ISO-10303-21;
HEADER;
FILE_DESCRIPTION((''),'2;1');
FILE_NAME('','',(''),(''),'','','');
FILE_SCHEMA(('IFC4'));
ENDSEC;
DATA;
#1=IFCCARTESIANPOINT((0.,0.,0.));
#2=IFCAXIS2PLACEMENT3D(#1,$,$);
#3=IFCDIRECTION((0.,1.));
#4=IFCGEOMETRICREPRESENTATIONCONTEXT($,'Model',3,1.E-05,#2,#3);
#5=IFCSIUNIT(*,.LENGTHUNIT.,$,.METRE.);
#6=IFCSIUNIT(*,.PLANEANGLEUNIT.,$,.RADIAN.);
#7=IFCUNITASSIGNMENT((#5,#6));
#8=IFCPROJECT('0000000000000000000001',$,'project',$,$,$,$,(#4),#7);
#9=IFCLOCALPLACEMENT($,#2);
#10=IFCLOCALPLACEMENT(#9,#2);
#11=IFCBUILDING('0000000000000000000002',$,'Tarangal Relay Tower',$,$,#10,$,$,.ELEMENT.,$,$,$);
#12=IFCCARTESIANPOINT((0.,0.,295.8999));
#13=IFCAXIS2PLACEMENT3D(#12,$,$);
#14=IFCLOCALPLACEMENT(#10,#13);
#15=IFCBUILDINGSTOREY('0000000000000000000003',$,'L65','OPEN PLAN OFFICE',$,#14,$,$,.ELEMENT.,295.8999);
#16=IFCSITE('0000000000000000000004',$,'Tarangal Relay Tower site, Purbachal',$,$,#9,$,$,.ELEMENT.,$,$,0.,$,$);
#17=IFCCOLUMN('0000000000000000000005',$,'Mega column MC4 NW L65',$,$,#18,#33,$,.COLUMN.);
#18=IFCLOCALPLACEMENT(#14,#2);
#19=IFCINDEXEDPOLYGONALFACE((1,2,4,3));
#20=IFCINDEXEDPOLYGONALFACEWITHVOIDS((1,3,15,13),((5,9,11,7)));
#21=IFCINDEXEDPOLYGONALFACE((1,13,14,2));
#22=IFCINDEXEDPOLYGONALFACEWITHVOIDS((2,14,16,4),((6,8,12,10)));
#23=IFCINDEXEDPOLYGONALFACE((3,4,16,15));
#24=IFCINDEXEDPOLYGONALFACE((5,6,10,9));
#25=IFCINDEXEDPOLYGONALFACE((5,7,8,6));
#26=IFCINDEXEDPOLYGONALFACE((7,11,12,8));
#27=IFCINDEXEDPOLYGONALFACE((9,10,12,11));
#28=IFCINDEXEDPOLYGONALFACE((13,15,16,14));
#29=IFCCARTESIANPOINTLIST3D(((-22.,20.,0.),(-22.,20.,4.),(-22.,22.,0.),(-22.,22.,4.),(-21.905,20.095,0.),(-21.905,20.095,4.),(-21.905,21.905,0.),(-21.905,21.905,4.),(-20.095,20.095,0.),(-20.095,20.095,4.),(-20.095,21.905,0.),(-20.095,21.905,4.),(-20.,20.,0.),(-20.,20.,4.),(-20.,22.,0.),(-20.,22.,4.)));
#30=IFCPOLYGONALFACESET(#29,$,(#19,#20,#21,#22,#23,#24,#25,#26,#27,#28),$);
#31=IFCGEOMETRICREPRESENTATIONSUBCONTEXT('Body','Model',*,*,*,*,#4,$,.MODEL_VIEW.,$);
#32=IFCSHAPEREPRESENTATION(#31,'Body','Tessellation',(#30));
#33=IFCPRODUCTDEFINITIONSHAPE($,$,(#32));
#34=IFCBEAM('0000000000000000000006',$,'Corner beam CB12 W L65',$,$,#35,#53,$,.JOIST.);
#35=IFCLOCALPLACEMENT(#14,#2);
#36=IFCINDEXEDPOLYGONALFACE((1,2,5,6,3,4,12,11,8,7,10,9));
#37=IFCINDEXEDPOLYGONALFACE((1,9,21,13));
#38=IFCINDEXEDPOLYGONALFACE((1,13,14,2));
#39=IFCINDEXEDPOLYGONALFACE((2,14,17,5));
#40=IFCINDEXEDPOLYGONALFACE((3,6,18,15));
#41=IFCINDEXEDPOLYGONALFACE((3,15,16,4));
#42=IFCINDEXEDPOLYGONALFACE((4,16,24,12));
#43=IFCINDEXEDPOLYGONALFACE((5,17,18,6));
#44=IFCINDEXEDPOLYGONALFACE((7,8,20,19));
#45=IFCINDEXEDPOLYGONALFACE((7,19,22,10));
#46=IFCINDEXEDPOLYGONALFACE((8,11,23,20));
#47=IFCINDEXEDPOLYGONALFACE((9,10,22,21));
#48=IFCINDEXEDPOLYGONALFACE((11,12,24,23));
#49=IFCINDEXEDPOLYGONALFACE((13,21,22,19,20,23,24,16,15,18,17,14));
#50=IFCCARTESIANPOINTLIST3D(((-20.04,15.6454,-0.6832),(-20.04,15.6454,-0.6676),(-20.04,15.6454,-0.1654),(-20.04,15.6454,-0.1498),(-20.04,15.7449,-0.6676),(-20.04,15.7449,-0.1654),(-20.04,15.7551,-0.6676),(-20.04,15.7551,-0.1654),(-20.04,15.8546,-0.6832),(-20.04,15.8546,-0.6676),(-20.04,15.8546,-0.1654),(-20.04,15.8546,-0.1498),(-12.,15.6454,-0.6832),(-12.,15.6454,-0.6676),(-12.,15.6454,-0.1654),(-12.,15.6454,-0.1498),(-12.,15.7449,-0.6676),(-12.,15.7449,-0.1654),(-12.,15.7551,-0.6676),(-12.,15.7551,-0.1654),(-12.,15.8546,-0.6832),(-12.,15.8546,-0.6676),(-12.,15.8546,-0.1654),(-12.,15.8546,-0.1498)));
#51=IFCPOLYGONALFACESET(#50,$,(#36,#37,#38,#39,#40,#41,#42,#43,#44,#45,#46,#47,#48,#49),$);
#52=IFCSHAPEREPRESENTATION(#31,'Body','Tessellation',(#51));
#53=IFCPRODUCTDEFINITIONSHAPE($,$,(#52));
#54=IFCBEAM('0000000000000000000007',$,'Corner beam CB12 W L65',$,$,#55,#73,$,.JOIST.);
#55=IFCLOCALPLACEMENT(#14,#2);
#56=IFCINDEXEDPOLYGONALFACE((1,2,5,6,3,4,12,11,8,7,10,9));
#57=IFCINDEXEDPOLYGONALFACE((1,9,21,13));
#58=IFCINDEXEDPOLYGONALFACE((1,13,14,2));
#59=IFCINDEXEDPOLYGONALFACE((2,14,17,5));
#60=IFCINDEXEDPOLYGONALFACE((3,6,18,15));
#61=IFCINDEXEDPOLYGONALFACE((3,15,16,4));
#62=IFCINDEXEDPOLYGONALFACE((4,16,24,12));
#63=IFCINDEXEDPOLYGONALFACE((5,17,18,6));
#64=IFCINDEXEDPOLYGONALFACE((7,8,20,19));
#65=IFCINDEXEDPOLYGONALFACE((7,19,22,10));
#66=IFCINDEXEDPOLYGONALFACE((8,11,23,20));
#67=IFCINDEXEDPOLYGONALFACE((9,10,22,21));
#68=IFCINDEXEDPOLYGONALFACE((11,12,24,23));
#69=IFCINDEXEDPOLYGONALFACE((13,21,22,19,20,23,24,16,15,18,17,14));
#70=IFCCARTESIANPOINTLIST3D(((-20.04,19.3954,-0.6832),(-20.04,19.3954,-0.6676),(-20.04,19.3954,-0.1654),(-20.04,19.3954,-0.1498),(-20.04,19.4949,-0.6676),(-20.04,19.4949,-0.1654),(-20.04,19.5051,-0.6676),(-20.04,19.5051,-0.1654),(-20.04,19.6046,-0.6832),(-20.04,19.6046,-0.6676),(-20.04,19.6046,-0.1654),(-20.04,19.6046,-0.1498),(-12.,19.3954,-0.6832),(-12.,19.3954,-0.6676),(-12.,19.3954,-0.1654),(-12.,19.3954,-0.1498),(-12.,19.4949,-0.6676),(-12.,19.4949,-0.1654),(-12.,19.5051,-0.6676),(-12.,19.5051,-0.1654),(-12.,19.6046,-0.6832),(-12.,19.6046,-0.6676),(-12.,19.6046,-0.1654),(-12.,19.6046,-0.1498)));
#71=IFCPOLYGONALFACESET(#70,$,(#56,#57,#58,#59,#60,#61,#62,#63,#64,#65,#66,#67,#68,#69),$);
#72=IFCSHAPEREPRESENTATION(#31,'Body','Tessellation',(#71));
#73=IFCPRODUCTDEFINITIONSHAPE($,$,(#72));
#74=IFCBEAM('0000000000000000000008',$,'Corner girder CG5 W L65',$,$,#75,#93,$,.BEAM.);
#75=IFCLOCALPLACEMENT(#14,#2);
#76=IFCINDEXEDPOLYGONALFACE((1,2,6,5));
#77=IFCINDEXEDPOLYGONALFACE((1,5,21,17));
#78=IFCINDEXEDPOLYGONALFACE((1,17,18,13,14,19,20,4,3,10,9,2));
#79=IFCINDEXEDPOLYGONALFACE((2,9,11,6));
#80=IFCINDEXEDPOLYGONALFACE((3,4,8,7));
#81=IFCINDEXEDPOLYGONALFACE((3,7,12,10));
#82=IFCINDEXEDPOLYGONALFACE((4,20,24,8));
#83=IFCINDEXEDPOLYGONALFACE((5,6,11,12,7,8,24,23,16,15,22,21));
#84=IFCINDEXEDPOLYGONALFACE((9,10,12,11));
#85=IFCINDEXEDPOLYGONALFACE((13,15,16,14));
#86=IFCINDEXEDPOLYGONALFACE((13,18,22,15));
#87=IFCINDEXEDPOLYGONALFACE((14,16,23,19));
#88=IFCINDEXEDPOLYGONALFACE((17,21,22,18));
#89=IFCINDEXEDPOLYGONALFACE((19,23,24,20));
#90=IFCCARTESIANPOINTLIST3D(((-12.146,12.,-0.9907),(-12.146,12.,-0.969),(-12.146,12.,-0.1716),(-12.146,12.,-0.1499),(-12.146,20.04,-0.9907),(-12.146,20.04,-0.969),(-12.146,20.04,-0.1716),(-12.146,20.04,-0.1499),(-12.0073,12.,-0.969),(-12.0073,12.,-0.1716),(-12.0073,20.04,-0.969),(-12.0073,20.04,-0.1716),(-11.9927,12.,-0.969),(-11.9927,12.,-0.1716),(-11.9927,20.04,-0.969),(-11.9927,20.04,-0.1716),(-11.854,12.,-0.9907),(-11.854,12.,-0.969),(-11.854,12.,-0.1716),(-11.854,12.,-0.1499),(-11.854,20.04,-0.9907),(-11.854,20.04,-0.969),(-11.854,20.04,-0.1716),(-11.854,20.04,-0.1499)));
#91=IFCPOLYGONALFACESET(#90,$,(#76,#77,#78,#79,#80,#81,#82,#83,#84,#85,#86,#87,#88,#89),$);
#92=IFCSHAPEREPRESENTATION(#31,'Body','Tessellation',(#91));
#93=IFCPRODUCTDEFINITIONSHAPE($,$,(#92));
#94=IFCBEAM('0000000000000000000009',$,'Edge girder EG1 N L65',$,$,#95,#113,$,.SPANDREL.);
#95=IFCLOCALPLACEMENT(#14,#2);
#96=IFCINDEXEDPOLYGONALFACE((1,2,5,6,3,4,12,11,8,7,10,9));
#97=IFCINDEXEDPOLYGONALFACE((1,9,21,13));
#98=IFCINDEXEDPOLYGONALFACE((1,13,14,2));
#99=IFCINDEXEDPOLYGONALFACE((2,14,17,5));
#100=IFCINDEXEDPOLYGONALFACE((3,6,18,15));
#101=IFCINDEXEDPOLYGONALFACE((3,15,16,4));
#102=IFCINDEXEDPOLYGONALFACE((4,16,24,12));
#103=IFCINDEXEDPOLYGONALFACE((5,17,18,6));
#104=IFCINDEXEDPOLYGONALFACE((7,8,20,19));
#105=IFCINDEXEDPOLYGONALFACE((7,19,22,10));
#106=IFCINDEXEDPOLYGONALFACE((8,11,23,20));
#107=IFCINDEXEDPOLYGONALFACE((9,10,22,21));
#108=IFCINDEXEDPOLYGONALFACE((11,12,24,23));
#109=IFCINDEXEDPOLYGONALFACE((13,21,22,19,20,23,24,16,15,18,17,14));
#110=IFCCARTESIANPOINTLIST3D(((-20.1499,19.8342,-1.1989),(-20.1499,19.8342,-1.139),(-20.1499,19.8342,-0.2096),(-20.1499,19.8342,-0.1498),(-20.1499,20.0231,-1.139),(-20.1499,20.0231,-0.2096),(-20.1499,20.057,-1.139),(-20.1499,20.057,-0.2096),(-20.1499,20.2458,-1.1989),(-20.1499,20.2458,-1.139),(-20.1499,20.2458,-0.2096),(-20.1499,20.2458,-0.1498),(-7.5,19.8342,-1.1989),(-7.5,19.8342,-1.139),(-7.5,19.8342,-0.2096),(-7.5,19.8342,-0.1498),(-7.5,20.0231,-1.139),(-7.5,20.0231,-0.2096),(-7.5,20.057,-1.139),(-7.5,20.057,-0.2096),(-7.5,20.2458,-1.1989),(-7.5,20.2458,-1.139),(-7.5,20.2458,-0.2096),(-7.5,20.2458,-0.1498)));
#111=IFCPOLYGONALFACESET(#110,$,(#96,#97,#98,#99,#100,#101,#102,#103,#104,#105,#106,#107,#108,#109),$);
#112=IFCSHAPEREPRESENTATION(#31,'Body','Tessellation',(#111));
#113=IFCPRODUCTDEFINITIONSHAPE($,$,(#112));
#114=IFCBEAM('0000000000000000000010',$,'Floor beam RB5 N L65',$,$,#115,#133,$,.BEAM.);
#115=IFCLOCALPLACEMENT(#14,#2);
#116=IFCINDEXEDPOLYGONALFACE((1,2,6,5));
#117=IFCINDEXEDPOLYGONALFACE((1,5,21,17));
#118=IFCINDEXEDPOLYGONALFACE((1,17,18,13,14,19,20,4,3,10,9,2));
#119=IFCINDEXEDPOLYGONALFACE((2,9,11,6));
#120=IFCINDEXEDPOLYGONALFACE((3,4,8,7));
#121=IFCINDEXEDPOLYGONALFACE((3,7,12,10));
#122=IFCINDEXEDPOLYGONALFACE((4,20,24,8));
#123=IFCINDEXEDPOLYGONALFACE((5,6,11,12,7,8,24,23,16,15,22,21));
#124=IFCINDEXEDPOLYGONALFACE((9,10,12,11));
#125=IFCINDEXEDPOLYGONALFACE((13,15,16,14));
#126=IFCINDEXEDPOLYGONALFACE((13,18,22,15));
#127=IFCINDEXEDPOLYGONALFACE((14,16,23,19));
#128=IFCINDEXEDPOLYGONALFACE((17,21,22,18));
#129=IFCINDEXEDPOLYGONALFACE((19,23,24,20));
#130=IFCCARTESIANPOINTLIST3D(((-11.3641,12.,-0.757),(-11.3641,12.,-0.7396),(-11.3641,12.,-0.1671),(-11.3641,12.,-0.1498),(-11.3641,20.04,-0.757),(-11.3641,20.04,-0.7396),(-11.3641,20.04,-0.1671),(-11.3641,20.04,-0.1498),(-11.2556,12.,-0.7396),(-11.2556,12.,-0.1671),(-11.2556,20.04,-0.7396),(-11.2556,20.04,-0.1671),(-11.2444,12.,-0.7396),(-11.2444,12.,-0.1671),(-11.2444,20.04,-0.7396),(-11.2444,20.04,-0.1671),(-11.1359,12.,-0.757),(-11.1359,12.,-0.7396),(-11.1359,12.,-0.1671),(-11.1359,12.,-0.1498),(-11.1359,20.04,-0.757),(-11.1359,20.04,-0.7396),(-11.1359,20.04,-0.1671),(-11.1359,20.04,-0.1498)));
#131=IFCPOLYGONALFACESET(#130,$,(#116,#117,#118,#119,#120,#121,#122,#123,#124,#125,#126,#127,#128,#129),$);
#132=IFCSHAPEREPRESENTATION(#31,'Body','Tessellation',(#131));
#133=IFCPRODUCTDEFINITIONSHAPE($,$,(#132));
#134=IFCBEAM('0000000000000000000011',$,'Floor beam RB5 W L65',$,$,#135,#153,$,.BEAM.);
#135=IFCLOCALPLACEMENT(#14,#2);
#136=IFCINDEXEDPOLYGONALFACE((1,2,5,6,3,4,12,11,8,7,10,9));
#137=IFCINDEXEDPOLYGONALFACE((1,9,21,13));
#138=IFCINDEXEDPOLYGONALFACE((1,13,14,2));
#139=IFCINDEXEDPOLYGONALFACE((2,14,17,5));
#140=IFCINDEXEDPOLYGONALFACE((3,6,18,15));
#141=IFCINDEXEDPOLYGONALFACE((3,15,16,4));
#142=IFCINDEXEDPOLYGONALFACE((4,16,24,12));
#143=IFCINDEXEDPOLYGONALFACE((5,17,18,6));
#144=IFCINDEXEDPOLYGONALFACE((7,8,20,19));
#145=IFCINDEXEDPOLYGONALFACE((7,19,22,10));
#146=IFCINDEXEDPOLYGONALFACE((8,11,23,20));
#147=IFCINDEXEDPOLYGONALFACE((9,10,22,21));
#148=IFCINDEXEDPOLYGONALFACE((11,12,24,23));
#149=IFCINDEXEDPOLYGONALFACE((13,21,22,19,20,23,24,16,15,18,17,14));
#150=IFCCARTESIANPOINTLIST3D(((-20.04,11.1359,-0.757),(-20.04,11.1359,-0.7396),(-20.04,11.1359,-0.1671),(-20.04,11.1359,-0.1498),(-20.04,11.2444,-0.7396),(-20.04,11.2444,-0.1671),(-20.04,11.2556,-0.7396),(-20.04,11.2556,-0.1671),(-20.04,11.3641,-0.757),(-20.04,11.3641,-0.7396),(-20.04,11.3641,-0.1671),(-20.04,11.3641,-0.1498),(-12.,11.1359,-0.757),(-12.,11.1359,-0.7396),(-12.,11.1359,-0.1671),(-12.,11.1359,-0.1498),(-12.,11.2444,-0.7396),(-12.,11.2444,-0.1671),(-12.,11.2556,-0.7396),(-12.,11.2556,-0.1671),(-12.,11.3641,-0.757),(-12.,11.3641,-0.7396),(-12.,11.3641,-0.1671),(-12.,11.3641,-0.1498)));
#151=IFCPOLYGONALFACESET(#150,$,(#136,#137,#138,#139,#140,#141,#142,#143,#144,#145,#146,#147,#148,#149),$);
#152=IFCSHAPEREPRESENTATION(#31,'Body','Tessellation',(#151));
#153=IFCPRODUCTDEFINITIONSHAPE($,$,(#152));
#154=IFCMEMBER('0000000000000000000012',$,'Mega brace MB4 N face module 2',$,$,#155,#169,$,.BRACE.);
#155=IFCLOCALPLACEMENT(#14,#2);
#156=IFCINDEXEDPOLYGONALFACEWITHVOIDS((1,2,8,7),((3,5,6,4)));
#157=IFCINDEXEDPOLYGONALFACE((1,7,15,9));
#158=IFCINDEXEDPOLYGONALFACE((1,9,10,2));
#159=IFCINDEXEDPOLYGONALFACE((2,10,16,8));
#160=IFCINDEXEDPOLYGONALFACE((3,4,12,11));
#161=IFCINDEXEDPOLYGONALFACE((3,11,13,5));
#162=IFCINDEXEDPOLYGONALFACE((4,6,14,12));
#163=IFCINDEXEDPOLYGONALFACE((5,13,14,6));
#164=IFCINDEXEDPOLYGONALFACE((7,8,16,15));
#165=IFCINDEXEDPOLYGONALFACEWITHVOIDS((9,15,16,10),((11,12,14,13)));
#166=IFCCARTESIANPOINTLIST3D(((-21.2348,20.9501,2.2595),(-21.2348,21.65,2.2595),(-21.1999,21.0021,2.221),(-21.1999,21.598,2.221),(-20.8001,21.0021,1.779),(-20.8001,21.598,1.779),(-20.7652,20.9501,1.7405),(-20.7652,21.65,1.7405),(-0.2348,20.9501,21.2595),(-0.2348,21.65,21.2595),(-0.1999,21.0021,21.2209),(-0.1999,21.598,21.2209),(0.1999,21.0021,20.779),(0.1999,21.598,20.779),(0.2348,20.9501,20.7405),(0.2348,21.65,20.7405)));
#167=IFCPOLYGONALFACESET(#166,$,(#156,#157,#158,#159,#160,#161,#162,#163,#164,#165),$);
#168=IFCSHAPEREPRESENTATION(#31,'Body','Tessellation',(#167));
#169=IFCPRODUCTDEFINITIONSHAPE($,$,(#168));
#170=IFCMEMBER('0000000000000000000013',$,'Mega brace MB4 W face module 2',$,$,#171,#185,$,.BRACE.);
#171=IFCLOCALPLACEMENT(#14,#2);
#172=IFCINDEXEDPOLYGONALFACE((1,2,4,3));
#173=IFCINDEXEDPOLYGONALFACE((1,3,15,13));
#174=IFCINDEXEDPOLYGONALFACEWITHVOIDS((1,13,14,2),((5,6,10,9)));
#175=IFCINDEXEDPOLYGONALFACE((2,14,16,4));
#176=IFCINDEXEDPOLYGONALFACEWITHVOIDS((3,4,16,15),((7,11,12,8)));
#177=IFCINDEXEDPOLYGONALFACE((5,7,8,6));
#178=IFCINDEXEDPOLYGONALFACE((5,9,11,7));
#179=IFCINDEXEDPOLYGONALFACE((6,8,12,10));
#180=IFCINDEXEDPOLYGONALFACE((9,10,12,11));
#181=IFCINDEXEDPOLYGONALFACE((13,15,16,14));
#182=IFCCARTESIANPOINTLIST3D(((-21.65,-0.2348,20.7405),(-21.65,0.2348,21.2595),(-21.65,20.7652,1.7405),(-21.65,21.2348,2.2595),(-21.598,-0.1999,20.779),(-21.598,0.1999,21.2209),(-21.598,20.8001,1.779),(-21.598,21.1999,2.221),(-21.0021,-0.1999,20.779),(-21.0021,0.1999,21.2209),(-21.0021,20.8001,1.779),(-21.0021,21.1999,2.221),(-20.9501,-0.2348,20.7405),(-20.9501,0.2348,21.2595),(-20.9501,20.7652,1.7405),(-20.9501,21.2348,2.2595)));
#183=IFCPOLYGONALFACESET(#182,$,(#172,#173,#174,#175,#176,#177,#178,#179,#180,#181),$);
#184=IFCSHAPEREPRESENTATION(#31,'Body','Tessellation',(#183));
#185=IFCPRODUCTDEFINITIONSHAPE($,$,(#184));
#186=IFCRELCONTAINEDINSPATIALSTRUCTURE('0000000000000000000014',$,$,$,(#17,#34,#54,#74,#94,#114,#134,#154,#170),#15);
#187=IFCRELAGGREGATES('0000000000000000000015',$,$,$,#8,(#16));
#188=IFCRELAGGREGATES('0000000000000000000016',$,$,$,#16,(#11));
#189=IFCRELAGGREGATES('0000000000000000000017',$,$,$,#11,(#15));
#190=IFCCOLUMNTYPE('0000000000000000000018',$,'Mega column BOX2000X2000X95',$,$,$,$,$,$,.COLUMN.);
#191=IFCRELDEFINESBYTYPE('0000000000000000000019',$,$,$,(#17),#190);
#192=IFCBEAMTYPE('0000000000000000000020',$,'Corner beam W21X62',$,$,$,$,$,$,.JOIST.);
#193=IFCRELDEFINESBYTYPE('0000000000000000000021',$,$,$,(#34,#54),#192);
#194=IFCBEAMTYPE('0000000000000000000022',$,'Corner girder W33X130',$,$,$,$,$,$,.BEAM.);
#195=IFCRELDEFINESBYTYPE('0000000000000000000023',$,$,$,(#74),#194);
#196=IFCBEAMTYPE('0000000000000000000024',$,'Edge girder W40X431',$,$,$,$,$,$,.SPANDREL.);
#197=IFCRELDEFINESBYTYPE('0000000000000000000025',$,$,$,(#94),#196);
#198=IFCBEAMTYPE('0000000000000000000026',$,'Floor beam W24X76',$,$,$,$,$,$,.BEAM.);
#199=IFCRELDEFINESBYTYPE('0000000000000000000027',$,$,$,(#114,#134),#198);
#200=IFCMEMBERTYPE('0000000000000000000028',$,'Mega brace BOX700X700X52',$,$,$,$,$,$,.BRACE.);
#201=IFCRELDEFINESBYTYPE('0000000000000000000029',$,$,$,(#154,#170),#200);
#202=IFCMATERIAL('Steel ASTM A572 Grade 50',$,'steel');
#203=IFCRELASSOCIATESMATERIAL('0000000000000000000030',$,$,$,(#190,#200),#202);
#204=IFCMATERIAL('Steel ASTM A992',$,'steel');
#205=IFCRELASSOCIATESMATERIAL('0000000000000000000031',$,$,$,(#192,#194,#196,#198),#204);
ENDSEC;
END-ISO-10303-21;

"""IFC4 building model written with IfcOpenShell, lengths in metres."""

from ifc_helpers import new_model, si_unit, direction, frame, origin, origin_2d, place, context, subcontext, project, spatial, hollow_rectangle, i_section, extrude, material, material_profile, profile_set, type_object, element, save


model = new_model("IFC4")

# Units and contexts
model_context = context("Model", 3, precision=1e-05, world=origin(), true_north=direction((0.0, 1.0)))
body_context = subcontext(model_context, "Body", "Model", "MODEL_VIEW")
ifc_project = project(units=[si_unit("LENGTHUNIT", "METRE"), si_unit("PLANEANGLEUNIT", "RADIAN")], contexts=[model_context])

# Site, building, storey
site_placement = place(None, origin())
site = spatial("IfcSite", under=ifc_project, at=site_placement, Name="Tarangal Relay Tower site, Purbachal", CompositionType="ELEMENT", RefElevation=0.0)
building_placement = place(site_placement, origin())
building = spatial("IfcBuilding", under=site, at=building_placement, Name="Tarangal Relay Tower", CompositionType="ELEMENT")
storey_placement = place(building_placement, frame((0.0, 0.0, 295.8999)))
storey = spatial("IfcBuildingStorey", under=building, at=storey_placement, Name="L65", Description="OPEN PLAN OFFICE", CompositionType="ELEMENT", Elevation=295.8999)

# Column
ifc_material_1 = material(Name="Steel ASTM A572 Grade 50", Category="steel")
ifc_material_profile_1 = material_profile(ifc_material_1, hollow_rectangle(XDim=2.0, YDim=2.0, WallThickness=0.095, at=origin_2d()), Name="BOX2000X2000X95")
ifc_profile_set_1 = profile_set([ifc_material_profile_1], Name="Steel ASTM A572 Grade 50")
column_type = type_object("IfcColumnType", Name="Mega column BOX2000X2000X95", PredefinedType="COLUMN", material=ifc_profile_set_1)
column_placement = place(storey_placement, frame((-21.0, 21.0, 0.0), z_axis=(0.0, 0.0, 1.0), x_axis=(1.0, 0.0, 0.0)))
element("IfcColumn", 1, at=column_placement, inside=storey, type_object=column_type, Name="Mega column MC4 NW L65", PredefinedType="COLUMN", context=body_context, shape_type="SweptSolid", body=[
    extrude(hollow_rectangle(XDim=2.0, YDim=2.0, WallThickness=0.095, at=origin_2d()), origin(), (0.0, 0.0, 1.0), 4.0),
])

# Beams
ifc_material_2 = material(Name="Steel ASTM A992", Category="steel")
ifc_material_profile_2 = material_profile(ifc_material_2, i_section(OverallWidth=0.2092, OverallDepth=0.5334, WebThickness=0.0103, FlangeThickness=0.0156, at=origin_2d()), Name="W21X62")
ifc_profile_set_2 = profile_set([ifc_material_profile_2], Name="Steel ASTM A992")
beam_type_1 = type_object("IfcBeamType", Name="Corner beam W21X62", PredefinedType="JOIST", material=ifc_profile_set_2)
for number, where, z_axis, x_axis, name in (
    (2, (-12.0, 15.75, -0.4165), (-1.0, 0.0, 0.0), (0.0, -1.0, 0.0), "Corner beam CB12 W L65"),
    (3, (-12.0, 19.5, -0.4165), (-1.0, 0.0, 0.0), (0.0, -1.0, 0.0), "Corner beam CB12 W L65"),
):
    element("IfcBeam", number, at=place(storey_placement, frame(where, z_axis=z_axis, x_axis=x_axis)), inside=storey, type_object=beam_type_1, Name=name, PredefinedType="JOIST", context=body_context, shape_type="SweptSolid", body=[
        extrude(i_section(OverallWidth=0.2092, OverallDepth=0.5334, WebThickness=0.0103, FlangeThickness=0.0156, at=origin_2d()), origin(), (0.0, 0.0, 1.0), 8.04),
    ])
ifc_material_profile_3 = material_profile(ifc_material_2, i_section(OverallWidth=0.292, OverallDepth=0.8408, WebThickness=0.0146, FlangeThickness=0.0217, at=origin_2d()), Name="W33X130")
ifc_profile_set_3 = profile_set([ifc_material_profile_3], Name="Steel ASTM A992")
beam_type_2 = type_object("IfcBeamType", Name="Corner girder W33X130", PredefinedType="BEAM", material=ifc_profile_set_3)
beam_1_placement = place(storey_placement, frame((-12.0, 12.0, -0.5703), z_axis=(0.0, 1.0, 0.0), x_axis=(-1.0, 0.0, 0.0)))
element("IfcBeam", 4, at=beam_1_placement, inside=storey, type_object=beam_type_2, Name="Corner girder CG5 W L65", PredefinedType="BEAM", context=body_context, shape_type="SweptSolid", body=[
    extrude(i_section(OverallWidth=0.292, OverallDepth=0.8408, WebThickness=0.0146, FlangeThickness=0.0217, at=origin_2d()), origin(), (0.0, 0.0, 1.0), 8.04),
])
ifc_material_profile_4 = material_profile(ifc_material_2, i_section(OverallWidth=0.4116, OverallDepth=1.0491, WebThickness=0.0339, FlangeThickness=0.0598, at=origin_2d()), Name="W40X431")
ifc_profile_set_4 = profile_set([ifc_material_profile_4], Name="Steel ASTM A992")
beam_type_3 = type_object("IfcBeamType", Name="Edge girder W40X431", PredefinedType="SPANDREL", material=ifc_profile_set_4)
beam_2_placement = place(storey_placement, frame((-20.1499, 20.04, -0.6743), z_axis=(1.0, 0.0, 0.0), x_axis=(0.0, 1.0, 0.0)))
element("IfcBeam", 5, at=beam_2_placement, inside=storey, type_object=beam_type_3, Name="Edge girder EG1 N L65", PredefinedType="SPANDREL", context=body_context, shape_type="SweptSolid", body=[
    extrude(i_section(OverallWidth=0.4116, OverallDepth=1.0491, WebThickness=0.0339, FlangeThickness=0.0598, at=origin_2d()), origin(), (0.0, 0.0, 1.0), 12.6499),
])
ifc_material_profile_5 = material_profile(ifc_material_2, i_section(OverallWidth=0.2283, OverallDepth=0.6072, WebThickness=0.0112, FlangeThickness=0.0173, at=origin_2d()), Name="W24X76")
ifc_profile_set_5 = profile_set([ifc_material_profile_5], Name="Steel ASTM A992")
beam_type_4 = type_object("IfcBeamType", Name="Floor beam W24X76", PredefinedType="BEAM", material=ifc_profile_set_5)
for number, where, z_axis, x_axis, name in (
    (6, (-11.25, 12.0, -0.4534), (0.0, 1.0, 0.0), (-1.0, 0.0, 0.0), "Floor beam RB5 N L65"),
    (7, (-12.0, 11.25, -0.4534), (-1.0, 0.0, 0.0), (0.0, -1.0, 0.0), "Floor beam RB5 W L65"),
):
    element("IfcBeam", number, at=place(storey_placement, frame(where, z_axis=z_axis, x_axis=x_axis)), inside=storey, type_object=beam_type_4, Name=name, PredefinedType="BEAM", context=body_context, shape_type="SweptSolid", body=[
        extrude(i_section(OverallWidth=0.2283, OverallDepth=0.6072, WebThickness=0.0112, FlangeThickness=0.0173, at=origin_2d()), origin(), (0.0, 0.0, 1.0), 8.04),
    ])

# Members
ifc_material_profile_6 = material_profile(ifc_material_1, hollow_rectangle(XDim=0.7, YDim=0.7, WallThickness=0.052, at=origin_2d()), Name="BOX700X700X52")
ifc_profile_set_6 = profile_set([ifc_material_profile_6], Name="Steel ASTM A572 Grade 50")
member_type_1 = type_object("IfcMemberType", Name="Mega brace BOX700X700X52", PredefinedType="BRACE", material=ifc_profile_set_6)
for number, where, z_axis, x_axis, name in (
    (8, (-21.0, 21.3, 2.0), (0.741536, 0.0, 0.670913), (0.0, 1.0, 0.0), "Mega brace MB4 N face module 2"),
    (9, (-21.3, 21.0, 2.0), (0.0, -0.741536, 0.670913), (1.0, 0.0, 0.0), "Mega brace MB4 W face module 2"),
):
    element("IfcMember", number, at=place(storey_placement, frame(where, z_axis=z_axis, x_axis=x_axis)), inside=storey, type_object=member_type_1, Name=name, PredefinedType="BRACE", context=body_context, shape_type="SweptSolid", body=[
        extrude(hollow_rectangle(XDim=0.7, YDim=0.7, WallThickness=0.052, at=origin_2d()), origin(), (0.0, 0.0, 1.0), 28.3196),
    ])

save(model, "model.ifc")
